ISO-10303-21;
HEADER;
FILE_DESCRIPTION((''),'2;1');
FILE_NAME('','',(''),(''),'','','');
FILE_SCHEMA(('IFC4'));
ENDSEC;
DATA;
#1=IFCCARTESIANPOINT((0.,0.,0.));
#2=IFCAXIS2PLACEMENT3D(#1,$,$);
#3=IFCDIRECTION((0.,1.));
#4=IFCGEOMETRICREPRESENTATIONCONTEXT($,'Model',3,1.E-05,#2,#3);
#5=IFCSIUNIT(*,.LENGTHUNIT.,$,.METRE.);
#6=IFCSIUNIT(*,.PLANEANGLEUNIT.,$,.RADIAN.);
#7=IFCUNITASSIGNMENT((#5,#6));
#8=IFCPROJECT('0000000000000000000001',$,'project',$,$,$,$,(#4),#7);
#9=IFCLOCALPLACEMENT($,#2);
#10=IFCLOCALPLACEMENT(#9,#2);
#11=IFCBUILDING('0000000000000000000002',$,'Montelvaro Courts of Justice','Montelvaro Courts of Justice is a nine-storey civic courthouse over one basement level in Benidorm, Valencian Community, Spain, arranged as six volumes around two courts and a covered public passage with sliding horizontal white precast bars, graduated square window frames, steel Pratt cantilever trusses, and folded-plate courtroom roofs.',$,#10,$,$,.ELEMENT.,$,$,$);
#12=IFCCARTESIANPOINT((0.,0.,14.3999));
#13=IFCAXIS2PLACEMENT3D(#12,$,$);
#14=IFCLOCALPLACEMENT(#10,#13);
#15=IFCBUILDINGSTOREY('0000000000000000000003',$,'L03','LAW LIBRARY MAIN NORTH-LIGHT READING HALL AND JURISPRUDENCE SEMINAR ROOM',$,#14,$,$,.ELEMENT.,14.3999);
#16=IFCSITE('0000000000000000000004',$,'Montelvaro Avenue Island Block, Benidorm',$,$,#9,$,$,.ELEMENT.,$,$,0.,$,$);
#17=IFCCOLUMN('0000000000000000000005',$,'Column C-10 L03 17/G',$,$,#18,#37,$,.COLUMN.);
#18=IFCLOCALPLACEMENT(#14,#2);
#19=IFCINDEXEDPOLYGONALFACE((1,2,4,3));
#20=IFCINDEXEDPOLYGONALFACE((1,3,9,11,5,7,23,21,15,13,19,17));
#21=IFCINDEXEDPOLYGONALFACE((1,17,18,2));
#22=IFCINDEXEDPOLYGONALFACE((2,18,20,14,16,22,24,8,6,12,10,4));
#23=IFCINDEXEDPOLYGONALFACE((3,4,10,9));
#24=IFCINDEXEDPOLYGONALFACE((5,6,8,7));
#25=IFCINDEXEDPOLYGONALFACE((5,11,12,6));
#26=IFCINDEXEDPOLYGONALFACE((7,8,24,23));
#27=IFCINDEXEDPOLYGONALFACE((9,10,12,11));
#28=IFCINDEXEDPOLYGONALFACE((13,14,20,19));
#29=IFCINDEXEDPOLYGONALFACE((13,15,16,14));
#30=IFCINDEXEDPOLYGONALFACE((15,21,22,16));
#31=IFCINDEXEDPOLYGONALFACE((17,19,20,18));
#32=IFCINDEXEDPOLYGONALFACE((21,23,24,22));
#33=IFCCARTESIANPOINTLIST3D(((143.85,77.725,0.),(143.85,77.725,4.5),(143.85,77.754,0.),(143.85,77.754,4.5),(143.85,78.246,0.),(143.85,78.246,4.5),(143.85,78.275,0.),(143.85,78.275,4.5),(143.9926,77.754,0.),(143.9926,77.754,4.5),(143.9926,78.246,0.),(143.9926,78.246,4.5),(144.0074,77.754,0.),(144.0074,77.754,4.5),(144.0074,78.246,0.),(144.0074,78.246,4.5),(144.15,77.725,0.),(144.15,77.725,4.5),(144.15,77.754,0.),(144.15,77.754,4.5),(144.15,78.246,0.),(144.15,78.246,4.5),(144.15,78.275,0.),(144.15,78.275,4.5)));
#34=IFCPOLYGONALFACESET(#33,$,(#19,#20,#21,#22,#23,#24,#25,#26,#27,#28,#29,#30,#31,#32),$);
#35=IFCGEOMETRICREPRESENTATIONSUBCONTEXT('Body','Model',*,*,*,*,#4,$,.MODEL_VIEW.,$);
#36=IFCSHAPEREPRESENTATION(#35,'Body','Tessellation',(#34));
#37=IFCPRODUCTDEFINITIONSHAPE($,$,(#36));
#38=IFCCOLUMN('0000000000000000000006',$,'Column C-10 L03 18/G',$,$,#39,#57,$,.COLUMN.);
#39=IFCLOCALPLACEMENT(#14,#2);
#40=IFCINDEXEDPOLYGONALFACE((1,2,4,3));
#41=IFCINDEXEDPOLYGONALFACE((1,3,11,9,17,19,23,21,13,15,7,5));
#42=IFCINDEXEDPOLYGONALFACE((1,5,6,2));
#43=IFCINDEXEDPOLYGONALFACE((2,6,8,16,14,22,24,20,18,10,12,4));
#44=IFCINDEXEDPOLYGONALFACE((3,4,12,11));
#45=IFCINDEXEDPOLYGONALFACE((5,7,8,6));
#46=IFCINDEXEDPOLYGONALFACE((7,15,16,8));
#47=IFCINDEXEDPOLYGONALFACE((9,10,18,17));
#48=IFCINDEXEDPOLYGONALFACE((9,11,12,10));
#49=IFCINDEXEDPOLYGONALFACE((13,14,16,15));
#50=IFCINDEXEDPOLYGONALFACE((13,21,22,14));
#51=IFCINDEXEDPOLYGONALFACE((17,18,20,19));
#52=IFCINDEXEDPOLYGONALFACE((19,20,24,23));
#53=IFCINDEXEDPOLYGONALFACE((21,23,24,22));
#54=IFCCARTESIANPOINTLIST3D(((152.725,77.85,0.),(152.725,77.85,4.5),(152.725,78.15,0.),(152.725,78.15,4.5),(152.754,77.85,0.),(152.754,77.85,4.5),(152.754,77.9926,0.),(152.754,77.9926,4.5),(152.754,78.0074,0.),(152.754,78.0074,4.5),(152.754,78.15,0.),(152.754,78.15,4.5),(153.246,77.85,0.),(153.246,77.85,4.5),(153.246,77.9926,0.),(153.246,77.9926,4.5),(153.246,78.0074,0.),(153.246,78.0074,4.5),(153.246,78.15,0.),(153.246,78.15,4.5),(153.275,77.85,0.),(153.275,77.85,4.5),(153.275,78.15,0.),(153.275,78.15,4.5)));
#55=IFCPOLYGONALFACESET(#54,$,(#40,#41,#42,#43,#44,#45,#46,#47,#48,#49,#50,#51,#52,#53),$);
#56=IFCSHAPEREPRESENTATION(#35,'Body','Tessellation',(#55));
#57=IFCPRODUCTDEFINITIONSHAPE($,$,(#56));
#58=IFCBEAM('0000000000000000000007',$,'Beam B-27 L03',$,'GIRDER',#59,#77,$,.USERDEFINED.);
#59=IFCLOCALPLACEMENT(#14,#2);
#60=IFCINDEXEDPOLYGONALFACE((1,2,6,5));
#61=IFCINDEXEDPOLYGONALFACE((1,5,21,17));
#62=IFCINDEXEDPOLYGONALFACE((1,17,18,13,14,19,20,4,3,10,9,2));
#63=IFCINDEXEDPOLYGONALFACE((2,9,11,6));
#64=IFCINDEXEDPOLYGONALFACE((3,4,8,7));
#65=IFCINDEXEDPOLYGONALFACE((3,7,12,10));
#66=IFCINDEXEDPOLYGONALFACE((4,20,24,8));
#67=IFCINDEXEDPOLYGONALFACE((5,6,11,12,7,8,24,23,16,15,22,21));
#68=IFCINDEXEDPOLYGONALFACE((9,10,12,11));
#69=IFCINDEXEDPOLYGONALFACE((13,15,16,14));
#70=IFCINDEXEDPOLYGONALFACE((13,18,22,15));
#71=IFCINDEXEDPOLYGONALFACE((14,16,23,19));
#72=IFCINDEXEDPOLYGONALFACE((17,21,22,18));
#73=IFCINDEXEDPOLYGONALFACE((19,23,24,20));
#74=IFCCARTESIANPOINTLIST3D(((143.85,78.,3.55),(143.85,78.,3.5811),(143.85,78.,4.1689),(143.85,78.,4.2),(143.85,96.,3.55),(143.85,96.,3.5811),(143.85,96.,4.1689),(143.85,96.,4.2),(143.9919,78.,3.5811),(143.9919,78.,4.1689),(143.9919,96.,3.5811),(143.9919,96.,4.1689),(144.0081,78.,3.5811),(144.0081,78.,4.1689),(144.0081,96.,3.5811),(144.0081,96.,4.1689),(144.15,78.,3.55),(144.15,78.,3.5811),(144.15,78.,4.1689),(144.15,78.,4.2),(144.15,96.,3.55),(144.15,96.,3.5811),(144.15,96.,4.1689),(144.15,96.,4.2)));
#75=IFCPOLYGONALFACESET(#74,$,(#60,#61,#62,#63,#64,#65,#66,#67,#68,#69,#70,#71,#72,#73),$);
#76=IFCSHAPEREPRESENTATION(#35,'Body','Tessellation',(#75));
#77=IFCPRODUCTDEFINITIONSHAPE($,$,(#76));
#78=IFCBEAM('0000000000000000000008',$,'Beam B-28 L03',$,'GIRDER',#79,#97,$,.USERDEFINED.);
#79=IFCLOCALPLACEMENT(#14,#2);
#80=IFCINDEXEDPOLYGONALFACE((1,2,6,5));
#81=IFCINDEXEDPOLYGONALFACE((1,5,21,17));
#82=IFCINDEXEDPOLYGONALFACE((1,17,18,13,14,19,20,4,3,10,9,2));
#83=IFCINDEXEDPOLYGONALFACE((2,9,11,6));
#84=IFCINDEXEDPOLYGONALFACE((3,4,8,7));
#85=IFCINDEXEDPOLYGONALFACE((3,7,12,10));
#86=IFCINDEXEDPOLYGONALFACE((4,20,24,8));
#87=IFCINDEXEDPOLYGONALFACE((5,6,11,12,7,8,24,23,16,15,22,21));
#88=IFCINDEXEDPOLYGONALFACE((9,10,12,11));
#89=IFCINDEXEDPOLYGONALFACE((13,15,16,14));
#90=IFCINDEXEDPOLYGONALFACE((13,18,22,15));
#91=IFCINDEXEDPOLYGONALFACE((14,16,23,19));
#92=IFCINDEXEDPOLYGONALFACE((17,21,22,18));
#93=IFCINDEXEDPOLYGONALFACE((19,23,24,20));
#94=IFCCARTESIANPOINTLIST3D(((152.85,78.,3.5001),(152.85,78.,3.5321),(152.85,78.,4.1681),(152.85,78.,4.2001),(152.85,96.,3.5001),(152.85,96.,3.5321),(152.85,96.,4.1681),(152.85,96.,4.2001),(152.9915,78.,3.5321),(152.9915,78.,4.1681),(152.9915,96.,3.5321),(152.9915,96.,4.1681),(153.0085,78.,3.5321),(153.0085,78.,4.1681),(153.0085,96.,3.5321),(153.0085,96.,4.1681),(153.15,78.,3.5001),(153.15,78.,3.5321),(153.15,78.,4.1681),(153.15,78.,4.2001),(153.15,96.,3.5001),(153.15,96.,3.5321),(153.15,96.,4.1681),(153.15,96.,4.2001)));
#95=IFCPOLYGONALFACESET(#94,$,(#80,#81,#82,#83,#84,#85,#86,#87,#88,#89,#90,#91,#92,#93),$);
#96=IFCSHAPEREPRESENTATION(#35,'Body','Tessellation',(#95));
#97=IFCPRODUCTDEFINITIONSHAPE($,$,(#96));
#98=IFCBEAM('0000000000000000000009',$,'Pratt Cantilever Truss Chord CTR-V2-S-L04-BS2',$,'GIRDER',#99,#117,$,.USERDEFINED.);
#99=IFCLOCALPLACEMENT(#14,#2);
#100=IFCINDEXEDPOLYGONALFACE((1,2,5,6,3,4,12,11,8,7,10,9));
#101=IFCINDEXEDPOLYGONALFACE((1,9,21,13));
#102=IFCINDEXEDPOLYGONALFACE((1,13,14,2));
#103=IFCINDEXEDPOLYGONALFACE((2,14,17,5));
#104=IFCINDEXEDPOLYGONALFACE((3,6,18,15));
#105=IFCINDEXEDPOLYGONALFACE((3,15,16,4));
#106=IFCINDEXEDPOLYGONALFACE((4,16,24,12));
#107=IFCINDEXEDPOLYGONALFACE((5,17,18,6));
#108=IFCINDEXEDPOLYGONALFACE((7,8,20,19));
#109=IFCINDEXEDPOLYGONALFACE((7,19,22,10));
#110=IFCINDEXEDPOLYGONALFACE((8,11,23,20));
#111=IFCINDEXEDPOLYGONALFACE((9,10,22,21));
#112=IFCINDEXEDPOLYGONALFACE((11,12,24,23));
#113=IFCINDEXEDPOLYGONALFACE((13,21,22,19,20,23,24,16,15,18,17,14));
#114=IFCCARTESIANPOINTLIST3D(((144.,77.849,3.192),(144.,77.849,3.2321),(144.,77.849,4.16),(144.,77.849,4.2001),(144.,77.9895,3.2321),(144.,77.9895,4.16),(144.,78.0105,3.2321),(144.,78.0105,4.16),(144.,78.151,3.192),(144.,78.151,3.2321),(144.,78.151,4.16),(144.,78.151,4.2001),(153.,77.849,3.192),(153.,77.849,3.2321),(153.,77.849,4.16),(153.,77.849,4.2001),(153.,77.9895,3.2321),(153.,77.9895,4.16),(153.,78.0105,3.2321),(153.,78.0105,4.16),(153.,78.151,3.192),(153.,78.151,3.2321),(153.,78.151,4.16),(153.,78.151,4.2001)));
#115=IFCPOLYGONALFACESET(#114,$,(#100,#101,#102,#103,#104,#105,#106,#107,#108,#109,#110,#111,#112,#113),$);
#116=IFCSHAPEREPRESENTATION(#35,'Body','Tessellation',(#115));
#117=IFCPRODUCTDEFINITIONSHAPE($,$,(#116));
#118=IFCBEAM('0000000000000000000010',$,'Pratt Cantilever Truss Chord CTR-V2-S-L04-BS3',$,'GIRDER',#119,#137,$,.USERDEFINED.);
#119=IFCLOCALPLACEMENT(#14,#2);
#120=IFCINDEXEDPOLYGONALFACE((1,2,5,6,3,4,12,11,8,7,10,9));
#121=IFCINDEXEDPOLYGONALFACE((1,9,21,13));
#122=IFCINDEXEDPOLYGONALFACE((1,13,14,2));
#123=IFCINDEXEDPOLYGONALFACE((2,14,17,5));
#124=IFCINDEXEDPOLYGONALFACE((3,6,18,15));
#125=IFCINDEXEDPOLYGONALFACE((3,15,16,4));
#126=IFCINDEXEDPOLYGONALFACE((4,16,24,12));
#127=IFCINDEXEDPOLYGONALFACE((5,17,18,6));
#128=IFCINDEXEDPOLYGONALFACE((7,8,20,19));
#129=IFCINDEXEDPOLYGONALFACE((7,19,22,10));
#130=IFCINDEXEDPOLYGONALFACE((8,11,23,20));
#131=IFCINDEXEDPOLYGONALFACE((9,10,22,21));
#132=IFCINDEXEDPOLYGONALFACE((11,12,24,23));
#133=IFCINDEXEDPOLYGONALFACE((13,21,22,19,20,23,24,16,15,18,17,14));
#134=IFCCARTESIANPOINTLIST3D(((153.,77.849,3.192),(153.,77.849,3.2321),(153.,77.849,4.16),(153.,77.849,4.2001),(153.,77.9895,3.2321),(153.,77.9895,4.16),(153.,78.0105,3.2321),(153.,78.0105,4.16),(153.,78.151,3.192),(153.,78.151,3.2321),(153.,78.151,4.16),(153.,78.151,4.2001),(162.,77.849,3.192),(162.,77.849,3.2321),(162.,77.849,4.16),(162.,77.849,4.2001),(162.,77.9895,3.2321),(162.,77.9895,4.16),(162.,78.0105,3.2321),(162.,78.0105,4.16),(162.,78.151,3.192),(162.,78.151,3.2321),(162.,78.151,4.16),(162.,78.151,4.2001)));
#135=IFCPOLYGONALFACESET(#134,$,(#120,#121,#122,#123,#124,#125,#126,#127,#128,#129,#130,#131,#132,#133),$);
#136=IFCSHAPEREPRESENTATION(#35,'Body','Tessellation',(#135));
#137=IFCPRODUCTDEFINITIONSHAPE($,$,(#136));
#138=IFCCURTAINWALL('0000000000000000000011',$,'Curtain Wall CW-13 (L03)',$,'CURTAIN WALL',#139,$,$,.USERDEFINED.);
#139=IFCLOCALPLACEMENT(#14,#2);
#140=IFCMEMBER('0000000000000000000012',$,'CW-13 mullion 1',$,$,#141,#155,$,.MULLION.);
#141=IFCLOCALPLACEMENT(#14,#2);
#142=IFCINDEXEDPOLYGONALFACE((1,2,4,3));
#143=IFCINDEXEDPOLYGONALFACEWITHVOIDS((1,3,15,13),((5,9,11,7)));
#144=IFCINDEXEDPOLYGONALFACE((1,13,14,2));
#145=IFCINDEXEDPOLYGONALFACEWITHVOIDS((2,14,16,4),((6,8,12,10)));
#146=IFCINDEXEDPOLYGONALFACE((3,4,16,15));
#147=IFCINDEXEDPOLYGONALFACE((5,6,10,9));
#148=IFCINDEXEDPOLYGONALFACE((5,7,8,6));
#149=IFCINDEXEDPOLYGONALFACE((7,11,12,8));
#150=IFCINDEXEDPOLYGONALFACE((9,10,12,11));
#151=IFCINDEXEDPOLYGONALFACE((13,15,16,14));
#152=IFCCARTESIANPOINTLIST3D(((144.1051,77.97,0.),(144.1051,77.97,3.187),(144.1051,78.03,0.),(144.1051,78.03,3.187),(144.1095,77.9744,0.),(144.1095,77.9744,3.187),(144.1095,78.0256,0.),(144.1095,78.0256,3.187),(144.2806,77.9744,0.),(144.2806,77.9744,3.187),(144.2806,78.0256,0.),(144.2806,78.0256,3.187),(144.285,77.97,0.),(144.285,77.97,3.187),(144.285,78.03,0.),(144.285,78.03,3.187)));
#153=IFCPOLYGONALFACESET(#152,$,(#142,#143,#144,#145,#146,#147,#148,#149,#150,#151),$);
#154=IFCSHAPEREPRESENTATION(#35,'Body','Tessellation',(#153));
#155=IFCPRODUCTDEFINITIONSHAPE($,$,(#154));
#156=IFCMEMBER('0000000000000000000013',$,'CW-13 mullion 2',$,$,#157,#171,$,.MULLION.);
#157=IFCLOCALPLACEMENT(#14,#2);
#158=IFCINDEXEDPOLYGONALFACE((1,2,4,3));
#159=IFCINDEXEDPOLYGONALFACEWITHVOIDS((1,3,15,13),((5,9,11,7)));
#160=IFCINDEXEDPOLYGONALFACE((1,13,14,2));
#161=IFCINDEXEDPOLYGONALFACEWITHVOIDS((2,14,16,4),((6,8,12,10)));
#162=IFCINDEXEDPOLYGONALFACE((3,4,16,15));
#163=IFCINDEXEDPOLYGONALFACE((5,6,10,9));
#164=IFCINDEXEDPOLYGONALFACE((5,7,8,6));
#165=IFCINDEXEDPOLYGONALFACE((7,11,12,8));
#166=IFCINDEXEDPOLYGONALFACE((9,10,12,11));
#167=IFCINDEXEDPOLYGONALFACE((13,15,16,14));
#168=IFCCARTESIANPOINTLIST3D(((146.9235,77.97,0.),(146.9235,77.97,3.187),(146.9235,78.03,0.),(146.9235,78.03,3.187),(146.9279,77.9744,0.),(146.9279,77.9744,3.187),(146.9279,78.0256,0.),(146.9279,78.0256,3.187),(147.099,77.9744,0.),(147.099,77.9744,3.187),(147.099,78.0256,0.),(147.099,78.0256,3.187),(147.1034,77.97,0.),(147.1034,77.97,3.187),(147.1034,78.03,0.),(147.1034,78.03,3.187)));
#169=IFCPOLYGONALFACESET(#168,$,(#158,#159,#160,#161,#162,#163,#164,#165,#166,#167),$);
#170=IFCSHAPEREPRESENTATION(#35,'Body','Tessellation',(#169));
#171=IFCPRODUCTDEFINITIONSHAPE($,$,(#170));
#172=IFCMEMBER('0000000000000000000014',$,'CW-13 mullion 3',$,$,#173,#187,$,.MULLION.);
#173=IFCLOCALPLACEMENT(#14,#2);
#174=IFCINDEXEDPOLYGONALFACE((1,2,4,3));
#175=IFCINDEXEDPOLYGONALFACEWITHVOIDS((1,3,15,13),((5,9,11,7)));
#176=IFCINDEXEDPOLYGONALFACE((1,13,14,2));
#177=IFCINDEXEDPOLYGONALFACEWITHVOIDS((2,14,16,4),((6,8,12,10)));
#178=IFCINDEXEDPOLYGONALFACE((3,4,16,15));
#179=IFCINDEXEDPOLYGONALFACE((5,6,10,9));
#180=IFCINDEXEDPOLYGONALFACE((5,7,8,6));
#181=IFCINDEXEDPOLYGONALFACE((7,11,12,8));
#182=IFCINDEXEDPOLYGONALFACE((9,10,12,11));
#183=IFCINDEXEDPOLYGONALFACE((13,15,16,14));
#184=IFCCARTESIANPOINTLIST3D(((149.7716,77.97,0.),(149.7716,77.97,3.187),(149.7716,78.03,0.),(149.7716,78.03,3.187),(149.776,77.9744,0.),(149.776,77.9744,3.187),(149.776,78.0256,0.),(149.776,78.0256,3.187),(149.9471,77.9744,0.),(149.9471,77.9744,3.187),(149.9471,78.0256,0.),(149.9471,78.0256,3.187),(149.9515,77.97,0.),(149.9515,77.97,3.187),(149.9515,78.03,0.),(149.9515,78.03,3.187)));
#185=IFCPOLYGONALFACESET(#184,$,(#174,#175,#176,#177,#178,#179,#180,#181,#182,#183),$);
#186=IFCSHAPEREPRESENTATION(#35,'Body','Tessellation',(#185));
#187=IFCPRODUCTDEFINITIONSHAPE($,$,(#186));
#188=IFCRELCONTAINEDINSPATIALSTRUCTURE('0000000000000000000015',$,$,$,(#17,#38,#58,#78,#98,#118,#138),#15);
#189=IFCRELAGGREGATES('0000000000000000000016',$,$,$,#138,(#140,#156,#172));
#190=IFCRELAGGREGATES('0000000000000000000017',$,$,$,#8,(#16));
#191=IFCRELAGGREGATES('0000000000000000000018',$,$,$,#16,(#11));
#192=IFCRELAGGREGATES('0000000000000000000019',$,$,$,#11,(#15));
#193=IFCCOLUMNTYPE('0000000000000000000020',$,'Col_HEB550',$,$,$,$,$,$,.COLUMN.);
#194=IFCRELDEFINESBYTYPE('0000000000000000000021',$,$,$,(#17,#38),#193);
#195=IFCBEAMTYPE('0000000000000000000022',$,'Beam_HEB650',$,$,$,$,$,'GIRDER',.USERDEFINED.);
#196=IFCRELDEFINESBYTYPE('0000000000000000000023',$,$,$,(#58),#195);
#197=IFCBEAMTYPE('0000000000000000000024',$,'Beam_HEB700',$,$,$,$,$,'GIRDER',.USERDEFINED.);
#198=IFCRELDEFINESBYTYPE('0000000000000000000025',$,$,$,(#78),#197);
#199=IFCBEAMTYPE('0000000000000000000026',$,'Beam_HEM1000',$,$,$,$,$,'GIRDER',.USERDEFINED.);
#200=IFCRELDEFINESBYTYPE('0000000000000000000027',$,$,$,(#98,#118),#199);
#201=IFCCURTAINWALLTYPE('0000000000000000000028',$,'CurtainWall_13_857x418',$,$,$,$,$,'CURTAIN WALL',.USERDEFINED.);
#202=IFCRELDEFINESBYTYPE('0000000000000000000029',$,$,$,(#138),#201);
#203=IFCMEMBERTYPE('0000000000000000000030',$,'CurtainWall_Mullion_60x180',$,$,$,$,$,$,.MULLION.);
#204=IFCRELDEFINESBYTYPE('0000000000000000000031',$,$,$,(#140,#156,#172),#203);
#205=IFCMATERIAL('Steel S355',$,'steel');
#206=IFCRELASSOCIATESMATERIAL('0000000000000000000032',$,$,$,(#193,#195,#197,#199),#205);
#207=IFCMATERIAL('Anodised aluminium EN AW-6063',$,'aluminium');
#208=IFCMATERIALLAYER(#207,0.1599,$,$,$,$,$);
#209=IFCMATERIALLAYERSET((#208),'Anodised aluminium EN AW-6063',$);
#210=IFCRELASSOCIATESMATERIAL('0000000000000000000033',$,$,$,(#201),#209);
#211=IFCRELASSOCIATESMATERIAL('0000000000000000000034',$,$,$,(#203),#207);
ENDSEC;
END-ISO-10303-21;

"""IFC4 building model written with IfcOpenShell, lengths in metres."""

from ifc_helpers import new_model, si_unit, direction, frame, origin, origin_2d, place, context, subcontext, project, spatial, hollow_rectangle, i_section, extrude, material, layer, layer_set, material_profile, profile_set, type_object, element, aggregate, save


model = new_model("IFC4")

# Units and contexts
model_context = context("Model", 3, precision=1e-05, world=origin(), true_north=direction((0.0, 1.0)))
body_context = subcontext(model_context, "Body", "Model", "MODEL_VIEW")
ifc_project = project(units=[si_unit("LENGTHUNIT", "METRE"), si_unit("PLANEANGLEUNIT", "RADIAN")], contexts=[model_context])

# Site, building, storey
site_placement = place(None, origin())
site = spatial("IfcSite", under=ifc_project, at=site_placement, Name="Montelvaro Avenue Island Block, Benidorm", CompositionType="ELEMENT", RefElevation=0.0)
building_placement = place(site_placement, origin())
building = spatial("IfcBuilding", under=site, at=building_placement, Name="Montelvaro Courts of Justice", Description="Montelvaro Courts of Justice is a nine-storey civic courthouse over one basement level in Benidorm, Valencian Community, Spain, arranged as six volumes around two courts and a covered public passage with sliding horizontal white precast bars, graduated square window frames, steel Pratt cantilever trusses, and folded-plate courtroom roofs.", CompositionType="ELEMENT")
storey_placement = place(building_placement, frame((0.0, 0.0, 14.3999)))
storey = spatial("IfcBuildingStorey", under=building, at=storey_placement, Name="L03", Description="LAW LIBRARY MAIN NORTH-LIGHT READING HALL AND JURISPRUDENCE SEMINAR ROOM", CompositionType="ELEMENT", Elevation=14.3999)

# Columns
ifc_material_1 = material(Name="Steel S355", Category="steel")
ifc_material_profile_1 = material_profile(ifc_material_1, i_section(OverallWidth=0.3, OverallDepth=0.55, WebThickness=0.0149, FlangeThickness=0.0291, at=origin_2d()), Name="HEB 550")
ifc_profile_set_1 = profile_set([ifc_material_profile_1], Name="Steel S355")
column_type = type_object("IfcColumnType", Name="Col_HEB550", PredefinedType="COLUMN", material=ifc_profile_set_1)
for number, where, z_axis, x_axis, name in (
    (1, (144.0, 78.0, 0.0), (0.0, 0.0, 1.0), (1.0, 0.0, 0.0), "Column C-10 L03 17/G"),
    (2, (153.0, 78.0, 0.0), (0.0, 0.0, 1.0), (0.0, 1.0, 0.0), "Column C-10 L03 18/G"),
):
    element("IfcColumn", number, at=place(storey_placement, frame(where, z_axis=z_axis, x_axis=x_axis)), inside=storey, type_object=column_type, Name=name, PredefinedType="COLUMN", context=body_context, shape_type="SweptSolid", body=[
        extrude(i_section(OverallWidth=0.3, OverallDepth=0.55, WebThickness=0.0149, FlangeThickness=0.0291, at=origin_2d()), origin(), (0.0, 0.0, 1.0), 4.5),
    ])

# Beams
ifc_material_profile_2 = material_profile(ifc_material_1, i_section(OverallWidth=0.3, OverallDepth=0.6499, WebThickness=0.0161, FlangeThickness=0.031, at=origin_2d()), Name="HEB 650")
ifc_profile_set_2 = profile_set([ifc_material_profile_2], Name="Steel S355")
beam_type_1 = type_object("IfcBeamType", Name="Beam_HEB650", ElementType="GIRDER", PredefinedType="USERDEFINED", material=ifc_profile_set_2)
beam_1_placement = place(storey_placement, frame((144.0, 78.0, 3.875), z_axis=(0.0, 1.0, 0.0), x_axis=(-1.0, 0.0, 0.0)))
element("IfcBeam", 3, at=beam_1_placement, inside=storey, type_object=beam_type_1, Name="Beam B-27 L03", ObjectType="GIRDER", PredefinedType="USERDEFINED", context=body_context, shape_type="SweptSolid", body=[
    extrude(i_section(OverallWidth=0.3, OverallDepth=0.6499, WebThickness=0.0161, FlangeThickness=0.031, at=origin_2d()), origin(), (0.0, 0.0, 1.0), 18.0),
])
ifc_material_profile_3 = material_profile(ifc_material_1, i_section(OverallWidth=0.3, OverallDepth=0.7, WebThickness=0.0171, FlangeThickness=0.032, at=origin_2d()), Name="HEB 700")
ifc_profile_set_3 = profile_set([ifc_material_profile_3], Name="Steel S355")
beam_type_2 = type_object("IfcBeamType", Name="Beam_HEB700", ElementType="GIRDER", PredefinedType="USERDEFINED", material=ifc_profile_set_3)
beam_2_placement = place(storey_placement, frame((153.0, 78.0, 3.8501), z_axis=(0.0, 1.0, 0.0), x_axis=(-1.0, 0.0, 0.0)))
element("IfcBeam", 4, at=beam_2_placement, inside=storey, type_object=beam_type_2, Name="Beam B-28 L03", ObjectType="GIRDER", PredefinedType="USERDEFINED", context=body_context, shape_type="SweptSolid", body=[
    extrude(i_section(OverallWidth=0.3, OverallDepth=0.7, WebThickness=0.0171, FlangeThickness=0.032, at=origin_2d()), origin(), (0.0, 0.0, 1.0), 18.0),
])
ifc_material_profile_4 = material_profile(ifc_material_1, i_section(OverallWidth=0.302, OverallDepth=1.0081, WebThickness=0.021, FlangeThickness=0.04, at=origin_2d()), Name="HEM 1000")
ifc_profile_set_4 = profile_set([ifc_material_profile_4], Name="Steel S355")
beam_type_3 = type_object("IfcBeamType", Name="Beam_HEM1000", ElementType="GIRDER", PredefinedType="USERDEFINED", material=ifc_profile_set_4)
for number, where, z_axis, x_axis, name in (
    (5, (144.0, 78.0, 3.696), (1.0, 0.0, 0.0), (0.0, 1.0, 0.0), "Pratt Cantilever Truss Chord CTR-V2-S-L04-BS2"),
    (6, (153.0, 78.0, 3.696), (1.0, 0.0, 0.0), (0.0, 1.0, 0.0), "Pratt Cantilever Truss Chord CTR-V2-S-L04-BS3"),
):
    element("IfcBeam", number, at=place(storey_placement, frame(where, z_axis=z_axis, x_axis=x_axis)), inside=storey, type_object=beam_type_3, Name=name, ObjectType="GIRDER", PredefinedType="USERDEFINED", context=body_context, shape_type="SweptSolid", body=[
        extrude(i_section(OverallWidth=0.302, OverallDepth=1.0081, WebThickness=0.021, FlangeThickness=0.04, at=origin_2d()), origin(), (0.0, 0.0, 1.0), 9.0),
    ])

# Curtain wall, members
ifc_material_2 = material(Name="Anodised aluminium EN AW-6063", Category="aluminium")
ifc_layer_1 = layer(ifc_material_2, 0.1599)
ifc_layer_set_1 = layer_set([ifc_layer_1], Name="Anodised aluminium EN AW-6063")
curtain_wall_type_1 = type_object("IfcCurtainWallType", Name="CurtainWall_13_857x418", ElementType="CURTAIN WALL", PredefinedType="USERDEFINED", material=ifc_layer_set_1)
curtain_wall_1_placement = place(storey_placement, origin())
curtain_wall_1 = element("IfcCurtainWall", 7, at=curtain_wall_1_placement, inside=storey, type_object=curtain_wall_type_1, Name="Curtain Wall CW-13 (L03)", ObjectType="CURTAIN WALL", PredefinedType="USERDEFINED")
ifc_material_profile_5 = material_profile(ifc_material_2, hollow_rectangle(XDim=0.0601, YDim=0.1799, WallThickness=0.0044, at=origin_2d()), Name="ALU-M 60x180")
ifc_profile_set_5 = profile_set([ifc_material_profile_5], Name="Anodised aluminium EN AW-6063")
member_type_1 = type_object("IfcMemberType", Name="CurtainWall_Mullion_60x180", PredefinedType="MULLION", material=ifc_profile_set_5)
member_1_placement = place(storey_placement, frame((144.1951, 78.0, 0.0), z_axis=(0.0, 0.0, 1.0), x_axis=(0.0, 1.0, 0.0)))
member_1 = element("IfcMember", 8, at=member_1_placement, type_object=member_type_1, Name="CW-13 mullion 1", PredefinedType="MULLION", context=body_context, shape_type="SweptSolid", body=[
    extrude(hollow_rectangle(XDim=0.0601, YDim=0.1799, WallThickness=0.0044, at=origin_2d()), origin(), (0.0, 0.0, 1.0), 3.187),
])
member_2_placement = place(storey_placement, frame((147.0134, 78.0, 0.0), z_axis=(0.0, 0.0, 1.0), x_axis=(0.0, 1.0, 0.0)))
member_2 = element("IfcMember", 9, at=member_2_placement, type_object=member_type_1, Name="CW-13 mullion 2", PredefinedType="MULLION", context=body_context, shape_type="SweptSolid", body=[
    extrude(hollow_rectangle(XDim=0.0601, YDim=0.1799, WallThickness=0.0044, at=origin_2d()), origin(), (0.0, 0.0, 1.0), 3.187),
])
member_3_placement = place(storey_placement, frame((149.8616, 78.0, 0.0), z_axis=(0.0, 0.0, 1.0), x_axis=(0.0, 1.0, 0.0)))
member_3 = element("IfcMember", 10, at=member_3_placement, type_object=member_type_1, Name="CW-13 mullion 3", PredefinedType="MULLION", context=body_context, shape_type="SweptSolid", body=[
    extrude(hollow_rectangle(XDim=0.0601, YDim=0.1799, WallThickness=0.0044, at=origin_2d()), origin(), (0.0, 0.0, 1.0), 3.187),
])

aggregate(curtain_wall_1, [member_1, member_2, member_3])

save(model, "model.ifc")
